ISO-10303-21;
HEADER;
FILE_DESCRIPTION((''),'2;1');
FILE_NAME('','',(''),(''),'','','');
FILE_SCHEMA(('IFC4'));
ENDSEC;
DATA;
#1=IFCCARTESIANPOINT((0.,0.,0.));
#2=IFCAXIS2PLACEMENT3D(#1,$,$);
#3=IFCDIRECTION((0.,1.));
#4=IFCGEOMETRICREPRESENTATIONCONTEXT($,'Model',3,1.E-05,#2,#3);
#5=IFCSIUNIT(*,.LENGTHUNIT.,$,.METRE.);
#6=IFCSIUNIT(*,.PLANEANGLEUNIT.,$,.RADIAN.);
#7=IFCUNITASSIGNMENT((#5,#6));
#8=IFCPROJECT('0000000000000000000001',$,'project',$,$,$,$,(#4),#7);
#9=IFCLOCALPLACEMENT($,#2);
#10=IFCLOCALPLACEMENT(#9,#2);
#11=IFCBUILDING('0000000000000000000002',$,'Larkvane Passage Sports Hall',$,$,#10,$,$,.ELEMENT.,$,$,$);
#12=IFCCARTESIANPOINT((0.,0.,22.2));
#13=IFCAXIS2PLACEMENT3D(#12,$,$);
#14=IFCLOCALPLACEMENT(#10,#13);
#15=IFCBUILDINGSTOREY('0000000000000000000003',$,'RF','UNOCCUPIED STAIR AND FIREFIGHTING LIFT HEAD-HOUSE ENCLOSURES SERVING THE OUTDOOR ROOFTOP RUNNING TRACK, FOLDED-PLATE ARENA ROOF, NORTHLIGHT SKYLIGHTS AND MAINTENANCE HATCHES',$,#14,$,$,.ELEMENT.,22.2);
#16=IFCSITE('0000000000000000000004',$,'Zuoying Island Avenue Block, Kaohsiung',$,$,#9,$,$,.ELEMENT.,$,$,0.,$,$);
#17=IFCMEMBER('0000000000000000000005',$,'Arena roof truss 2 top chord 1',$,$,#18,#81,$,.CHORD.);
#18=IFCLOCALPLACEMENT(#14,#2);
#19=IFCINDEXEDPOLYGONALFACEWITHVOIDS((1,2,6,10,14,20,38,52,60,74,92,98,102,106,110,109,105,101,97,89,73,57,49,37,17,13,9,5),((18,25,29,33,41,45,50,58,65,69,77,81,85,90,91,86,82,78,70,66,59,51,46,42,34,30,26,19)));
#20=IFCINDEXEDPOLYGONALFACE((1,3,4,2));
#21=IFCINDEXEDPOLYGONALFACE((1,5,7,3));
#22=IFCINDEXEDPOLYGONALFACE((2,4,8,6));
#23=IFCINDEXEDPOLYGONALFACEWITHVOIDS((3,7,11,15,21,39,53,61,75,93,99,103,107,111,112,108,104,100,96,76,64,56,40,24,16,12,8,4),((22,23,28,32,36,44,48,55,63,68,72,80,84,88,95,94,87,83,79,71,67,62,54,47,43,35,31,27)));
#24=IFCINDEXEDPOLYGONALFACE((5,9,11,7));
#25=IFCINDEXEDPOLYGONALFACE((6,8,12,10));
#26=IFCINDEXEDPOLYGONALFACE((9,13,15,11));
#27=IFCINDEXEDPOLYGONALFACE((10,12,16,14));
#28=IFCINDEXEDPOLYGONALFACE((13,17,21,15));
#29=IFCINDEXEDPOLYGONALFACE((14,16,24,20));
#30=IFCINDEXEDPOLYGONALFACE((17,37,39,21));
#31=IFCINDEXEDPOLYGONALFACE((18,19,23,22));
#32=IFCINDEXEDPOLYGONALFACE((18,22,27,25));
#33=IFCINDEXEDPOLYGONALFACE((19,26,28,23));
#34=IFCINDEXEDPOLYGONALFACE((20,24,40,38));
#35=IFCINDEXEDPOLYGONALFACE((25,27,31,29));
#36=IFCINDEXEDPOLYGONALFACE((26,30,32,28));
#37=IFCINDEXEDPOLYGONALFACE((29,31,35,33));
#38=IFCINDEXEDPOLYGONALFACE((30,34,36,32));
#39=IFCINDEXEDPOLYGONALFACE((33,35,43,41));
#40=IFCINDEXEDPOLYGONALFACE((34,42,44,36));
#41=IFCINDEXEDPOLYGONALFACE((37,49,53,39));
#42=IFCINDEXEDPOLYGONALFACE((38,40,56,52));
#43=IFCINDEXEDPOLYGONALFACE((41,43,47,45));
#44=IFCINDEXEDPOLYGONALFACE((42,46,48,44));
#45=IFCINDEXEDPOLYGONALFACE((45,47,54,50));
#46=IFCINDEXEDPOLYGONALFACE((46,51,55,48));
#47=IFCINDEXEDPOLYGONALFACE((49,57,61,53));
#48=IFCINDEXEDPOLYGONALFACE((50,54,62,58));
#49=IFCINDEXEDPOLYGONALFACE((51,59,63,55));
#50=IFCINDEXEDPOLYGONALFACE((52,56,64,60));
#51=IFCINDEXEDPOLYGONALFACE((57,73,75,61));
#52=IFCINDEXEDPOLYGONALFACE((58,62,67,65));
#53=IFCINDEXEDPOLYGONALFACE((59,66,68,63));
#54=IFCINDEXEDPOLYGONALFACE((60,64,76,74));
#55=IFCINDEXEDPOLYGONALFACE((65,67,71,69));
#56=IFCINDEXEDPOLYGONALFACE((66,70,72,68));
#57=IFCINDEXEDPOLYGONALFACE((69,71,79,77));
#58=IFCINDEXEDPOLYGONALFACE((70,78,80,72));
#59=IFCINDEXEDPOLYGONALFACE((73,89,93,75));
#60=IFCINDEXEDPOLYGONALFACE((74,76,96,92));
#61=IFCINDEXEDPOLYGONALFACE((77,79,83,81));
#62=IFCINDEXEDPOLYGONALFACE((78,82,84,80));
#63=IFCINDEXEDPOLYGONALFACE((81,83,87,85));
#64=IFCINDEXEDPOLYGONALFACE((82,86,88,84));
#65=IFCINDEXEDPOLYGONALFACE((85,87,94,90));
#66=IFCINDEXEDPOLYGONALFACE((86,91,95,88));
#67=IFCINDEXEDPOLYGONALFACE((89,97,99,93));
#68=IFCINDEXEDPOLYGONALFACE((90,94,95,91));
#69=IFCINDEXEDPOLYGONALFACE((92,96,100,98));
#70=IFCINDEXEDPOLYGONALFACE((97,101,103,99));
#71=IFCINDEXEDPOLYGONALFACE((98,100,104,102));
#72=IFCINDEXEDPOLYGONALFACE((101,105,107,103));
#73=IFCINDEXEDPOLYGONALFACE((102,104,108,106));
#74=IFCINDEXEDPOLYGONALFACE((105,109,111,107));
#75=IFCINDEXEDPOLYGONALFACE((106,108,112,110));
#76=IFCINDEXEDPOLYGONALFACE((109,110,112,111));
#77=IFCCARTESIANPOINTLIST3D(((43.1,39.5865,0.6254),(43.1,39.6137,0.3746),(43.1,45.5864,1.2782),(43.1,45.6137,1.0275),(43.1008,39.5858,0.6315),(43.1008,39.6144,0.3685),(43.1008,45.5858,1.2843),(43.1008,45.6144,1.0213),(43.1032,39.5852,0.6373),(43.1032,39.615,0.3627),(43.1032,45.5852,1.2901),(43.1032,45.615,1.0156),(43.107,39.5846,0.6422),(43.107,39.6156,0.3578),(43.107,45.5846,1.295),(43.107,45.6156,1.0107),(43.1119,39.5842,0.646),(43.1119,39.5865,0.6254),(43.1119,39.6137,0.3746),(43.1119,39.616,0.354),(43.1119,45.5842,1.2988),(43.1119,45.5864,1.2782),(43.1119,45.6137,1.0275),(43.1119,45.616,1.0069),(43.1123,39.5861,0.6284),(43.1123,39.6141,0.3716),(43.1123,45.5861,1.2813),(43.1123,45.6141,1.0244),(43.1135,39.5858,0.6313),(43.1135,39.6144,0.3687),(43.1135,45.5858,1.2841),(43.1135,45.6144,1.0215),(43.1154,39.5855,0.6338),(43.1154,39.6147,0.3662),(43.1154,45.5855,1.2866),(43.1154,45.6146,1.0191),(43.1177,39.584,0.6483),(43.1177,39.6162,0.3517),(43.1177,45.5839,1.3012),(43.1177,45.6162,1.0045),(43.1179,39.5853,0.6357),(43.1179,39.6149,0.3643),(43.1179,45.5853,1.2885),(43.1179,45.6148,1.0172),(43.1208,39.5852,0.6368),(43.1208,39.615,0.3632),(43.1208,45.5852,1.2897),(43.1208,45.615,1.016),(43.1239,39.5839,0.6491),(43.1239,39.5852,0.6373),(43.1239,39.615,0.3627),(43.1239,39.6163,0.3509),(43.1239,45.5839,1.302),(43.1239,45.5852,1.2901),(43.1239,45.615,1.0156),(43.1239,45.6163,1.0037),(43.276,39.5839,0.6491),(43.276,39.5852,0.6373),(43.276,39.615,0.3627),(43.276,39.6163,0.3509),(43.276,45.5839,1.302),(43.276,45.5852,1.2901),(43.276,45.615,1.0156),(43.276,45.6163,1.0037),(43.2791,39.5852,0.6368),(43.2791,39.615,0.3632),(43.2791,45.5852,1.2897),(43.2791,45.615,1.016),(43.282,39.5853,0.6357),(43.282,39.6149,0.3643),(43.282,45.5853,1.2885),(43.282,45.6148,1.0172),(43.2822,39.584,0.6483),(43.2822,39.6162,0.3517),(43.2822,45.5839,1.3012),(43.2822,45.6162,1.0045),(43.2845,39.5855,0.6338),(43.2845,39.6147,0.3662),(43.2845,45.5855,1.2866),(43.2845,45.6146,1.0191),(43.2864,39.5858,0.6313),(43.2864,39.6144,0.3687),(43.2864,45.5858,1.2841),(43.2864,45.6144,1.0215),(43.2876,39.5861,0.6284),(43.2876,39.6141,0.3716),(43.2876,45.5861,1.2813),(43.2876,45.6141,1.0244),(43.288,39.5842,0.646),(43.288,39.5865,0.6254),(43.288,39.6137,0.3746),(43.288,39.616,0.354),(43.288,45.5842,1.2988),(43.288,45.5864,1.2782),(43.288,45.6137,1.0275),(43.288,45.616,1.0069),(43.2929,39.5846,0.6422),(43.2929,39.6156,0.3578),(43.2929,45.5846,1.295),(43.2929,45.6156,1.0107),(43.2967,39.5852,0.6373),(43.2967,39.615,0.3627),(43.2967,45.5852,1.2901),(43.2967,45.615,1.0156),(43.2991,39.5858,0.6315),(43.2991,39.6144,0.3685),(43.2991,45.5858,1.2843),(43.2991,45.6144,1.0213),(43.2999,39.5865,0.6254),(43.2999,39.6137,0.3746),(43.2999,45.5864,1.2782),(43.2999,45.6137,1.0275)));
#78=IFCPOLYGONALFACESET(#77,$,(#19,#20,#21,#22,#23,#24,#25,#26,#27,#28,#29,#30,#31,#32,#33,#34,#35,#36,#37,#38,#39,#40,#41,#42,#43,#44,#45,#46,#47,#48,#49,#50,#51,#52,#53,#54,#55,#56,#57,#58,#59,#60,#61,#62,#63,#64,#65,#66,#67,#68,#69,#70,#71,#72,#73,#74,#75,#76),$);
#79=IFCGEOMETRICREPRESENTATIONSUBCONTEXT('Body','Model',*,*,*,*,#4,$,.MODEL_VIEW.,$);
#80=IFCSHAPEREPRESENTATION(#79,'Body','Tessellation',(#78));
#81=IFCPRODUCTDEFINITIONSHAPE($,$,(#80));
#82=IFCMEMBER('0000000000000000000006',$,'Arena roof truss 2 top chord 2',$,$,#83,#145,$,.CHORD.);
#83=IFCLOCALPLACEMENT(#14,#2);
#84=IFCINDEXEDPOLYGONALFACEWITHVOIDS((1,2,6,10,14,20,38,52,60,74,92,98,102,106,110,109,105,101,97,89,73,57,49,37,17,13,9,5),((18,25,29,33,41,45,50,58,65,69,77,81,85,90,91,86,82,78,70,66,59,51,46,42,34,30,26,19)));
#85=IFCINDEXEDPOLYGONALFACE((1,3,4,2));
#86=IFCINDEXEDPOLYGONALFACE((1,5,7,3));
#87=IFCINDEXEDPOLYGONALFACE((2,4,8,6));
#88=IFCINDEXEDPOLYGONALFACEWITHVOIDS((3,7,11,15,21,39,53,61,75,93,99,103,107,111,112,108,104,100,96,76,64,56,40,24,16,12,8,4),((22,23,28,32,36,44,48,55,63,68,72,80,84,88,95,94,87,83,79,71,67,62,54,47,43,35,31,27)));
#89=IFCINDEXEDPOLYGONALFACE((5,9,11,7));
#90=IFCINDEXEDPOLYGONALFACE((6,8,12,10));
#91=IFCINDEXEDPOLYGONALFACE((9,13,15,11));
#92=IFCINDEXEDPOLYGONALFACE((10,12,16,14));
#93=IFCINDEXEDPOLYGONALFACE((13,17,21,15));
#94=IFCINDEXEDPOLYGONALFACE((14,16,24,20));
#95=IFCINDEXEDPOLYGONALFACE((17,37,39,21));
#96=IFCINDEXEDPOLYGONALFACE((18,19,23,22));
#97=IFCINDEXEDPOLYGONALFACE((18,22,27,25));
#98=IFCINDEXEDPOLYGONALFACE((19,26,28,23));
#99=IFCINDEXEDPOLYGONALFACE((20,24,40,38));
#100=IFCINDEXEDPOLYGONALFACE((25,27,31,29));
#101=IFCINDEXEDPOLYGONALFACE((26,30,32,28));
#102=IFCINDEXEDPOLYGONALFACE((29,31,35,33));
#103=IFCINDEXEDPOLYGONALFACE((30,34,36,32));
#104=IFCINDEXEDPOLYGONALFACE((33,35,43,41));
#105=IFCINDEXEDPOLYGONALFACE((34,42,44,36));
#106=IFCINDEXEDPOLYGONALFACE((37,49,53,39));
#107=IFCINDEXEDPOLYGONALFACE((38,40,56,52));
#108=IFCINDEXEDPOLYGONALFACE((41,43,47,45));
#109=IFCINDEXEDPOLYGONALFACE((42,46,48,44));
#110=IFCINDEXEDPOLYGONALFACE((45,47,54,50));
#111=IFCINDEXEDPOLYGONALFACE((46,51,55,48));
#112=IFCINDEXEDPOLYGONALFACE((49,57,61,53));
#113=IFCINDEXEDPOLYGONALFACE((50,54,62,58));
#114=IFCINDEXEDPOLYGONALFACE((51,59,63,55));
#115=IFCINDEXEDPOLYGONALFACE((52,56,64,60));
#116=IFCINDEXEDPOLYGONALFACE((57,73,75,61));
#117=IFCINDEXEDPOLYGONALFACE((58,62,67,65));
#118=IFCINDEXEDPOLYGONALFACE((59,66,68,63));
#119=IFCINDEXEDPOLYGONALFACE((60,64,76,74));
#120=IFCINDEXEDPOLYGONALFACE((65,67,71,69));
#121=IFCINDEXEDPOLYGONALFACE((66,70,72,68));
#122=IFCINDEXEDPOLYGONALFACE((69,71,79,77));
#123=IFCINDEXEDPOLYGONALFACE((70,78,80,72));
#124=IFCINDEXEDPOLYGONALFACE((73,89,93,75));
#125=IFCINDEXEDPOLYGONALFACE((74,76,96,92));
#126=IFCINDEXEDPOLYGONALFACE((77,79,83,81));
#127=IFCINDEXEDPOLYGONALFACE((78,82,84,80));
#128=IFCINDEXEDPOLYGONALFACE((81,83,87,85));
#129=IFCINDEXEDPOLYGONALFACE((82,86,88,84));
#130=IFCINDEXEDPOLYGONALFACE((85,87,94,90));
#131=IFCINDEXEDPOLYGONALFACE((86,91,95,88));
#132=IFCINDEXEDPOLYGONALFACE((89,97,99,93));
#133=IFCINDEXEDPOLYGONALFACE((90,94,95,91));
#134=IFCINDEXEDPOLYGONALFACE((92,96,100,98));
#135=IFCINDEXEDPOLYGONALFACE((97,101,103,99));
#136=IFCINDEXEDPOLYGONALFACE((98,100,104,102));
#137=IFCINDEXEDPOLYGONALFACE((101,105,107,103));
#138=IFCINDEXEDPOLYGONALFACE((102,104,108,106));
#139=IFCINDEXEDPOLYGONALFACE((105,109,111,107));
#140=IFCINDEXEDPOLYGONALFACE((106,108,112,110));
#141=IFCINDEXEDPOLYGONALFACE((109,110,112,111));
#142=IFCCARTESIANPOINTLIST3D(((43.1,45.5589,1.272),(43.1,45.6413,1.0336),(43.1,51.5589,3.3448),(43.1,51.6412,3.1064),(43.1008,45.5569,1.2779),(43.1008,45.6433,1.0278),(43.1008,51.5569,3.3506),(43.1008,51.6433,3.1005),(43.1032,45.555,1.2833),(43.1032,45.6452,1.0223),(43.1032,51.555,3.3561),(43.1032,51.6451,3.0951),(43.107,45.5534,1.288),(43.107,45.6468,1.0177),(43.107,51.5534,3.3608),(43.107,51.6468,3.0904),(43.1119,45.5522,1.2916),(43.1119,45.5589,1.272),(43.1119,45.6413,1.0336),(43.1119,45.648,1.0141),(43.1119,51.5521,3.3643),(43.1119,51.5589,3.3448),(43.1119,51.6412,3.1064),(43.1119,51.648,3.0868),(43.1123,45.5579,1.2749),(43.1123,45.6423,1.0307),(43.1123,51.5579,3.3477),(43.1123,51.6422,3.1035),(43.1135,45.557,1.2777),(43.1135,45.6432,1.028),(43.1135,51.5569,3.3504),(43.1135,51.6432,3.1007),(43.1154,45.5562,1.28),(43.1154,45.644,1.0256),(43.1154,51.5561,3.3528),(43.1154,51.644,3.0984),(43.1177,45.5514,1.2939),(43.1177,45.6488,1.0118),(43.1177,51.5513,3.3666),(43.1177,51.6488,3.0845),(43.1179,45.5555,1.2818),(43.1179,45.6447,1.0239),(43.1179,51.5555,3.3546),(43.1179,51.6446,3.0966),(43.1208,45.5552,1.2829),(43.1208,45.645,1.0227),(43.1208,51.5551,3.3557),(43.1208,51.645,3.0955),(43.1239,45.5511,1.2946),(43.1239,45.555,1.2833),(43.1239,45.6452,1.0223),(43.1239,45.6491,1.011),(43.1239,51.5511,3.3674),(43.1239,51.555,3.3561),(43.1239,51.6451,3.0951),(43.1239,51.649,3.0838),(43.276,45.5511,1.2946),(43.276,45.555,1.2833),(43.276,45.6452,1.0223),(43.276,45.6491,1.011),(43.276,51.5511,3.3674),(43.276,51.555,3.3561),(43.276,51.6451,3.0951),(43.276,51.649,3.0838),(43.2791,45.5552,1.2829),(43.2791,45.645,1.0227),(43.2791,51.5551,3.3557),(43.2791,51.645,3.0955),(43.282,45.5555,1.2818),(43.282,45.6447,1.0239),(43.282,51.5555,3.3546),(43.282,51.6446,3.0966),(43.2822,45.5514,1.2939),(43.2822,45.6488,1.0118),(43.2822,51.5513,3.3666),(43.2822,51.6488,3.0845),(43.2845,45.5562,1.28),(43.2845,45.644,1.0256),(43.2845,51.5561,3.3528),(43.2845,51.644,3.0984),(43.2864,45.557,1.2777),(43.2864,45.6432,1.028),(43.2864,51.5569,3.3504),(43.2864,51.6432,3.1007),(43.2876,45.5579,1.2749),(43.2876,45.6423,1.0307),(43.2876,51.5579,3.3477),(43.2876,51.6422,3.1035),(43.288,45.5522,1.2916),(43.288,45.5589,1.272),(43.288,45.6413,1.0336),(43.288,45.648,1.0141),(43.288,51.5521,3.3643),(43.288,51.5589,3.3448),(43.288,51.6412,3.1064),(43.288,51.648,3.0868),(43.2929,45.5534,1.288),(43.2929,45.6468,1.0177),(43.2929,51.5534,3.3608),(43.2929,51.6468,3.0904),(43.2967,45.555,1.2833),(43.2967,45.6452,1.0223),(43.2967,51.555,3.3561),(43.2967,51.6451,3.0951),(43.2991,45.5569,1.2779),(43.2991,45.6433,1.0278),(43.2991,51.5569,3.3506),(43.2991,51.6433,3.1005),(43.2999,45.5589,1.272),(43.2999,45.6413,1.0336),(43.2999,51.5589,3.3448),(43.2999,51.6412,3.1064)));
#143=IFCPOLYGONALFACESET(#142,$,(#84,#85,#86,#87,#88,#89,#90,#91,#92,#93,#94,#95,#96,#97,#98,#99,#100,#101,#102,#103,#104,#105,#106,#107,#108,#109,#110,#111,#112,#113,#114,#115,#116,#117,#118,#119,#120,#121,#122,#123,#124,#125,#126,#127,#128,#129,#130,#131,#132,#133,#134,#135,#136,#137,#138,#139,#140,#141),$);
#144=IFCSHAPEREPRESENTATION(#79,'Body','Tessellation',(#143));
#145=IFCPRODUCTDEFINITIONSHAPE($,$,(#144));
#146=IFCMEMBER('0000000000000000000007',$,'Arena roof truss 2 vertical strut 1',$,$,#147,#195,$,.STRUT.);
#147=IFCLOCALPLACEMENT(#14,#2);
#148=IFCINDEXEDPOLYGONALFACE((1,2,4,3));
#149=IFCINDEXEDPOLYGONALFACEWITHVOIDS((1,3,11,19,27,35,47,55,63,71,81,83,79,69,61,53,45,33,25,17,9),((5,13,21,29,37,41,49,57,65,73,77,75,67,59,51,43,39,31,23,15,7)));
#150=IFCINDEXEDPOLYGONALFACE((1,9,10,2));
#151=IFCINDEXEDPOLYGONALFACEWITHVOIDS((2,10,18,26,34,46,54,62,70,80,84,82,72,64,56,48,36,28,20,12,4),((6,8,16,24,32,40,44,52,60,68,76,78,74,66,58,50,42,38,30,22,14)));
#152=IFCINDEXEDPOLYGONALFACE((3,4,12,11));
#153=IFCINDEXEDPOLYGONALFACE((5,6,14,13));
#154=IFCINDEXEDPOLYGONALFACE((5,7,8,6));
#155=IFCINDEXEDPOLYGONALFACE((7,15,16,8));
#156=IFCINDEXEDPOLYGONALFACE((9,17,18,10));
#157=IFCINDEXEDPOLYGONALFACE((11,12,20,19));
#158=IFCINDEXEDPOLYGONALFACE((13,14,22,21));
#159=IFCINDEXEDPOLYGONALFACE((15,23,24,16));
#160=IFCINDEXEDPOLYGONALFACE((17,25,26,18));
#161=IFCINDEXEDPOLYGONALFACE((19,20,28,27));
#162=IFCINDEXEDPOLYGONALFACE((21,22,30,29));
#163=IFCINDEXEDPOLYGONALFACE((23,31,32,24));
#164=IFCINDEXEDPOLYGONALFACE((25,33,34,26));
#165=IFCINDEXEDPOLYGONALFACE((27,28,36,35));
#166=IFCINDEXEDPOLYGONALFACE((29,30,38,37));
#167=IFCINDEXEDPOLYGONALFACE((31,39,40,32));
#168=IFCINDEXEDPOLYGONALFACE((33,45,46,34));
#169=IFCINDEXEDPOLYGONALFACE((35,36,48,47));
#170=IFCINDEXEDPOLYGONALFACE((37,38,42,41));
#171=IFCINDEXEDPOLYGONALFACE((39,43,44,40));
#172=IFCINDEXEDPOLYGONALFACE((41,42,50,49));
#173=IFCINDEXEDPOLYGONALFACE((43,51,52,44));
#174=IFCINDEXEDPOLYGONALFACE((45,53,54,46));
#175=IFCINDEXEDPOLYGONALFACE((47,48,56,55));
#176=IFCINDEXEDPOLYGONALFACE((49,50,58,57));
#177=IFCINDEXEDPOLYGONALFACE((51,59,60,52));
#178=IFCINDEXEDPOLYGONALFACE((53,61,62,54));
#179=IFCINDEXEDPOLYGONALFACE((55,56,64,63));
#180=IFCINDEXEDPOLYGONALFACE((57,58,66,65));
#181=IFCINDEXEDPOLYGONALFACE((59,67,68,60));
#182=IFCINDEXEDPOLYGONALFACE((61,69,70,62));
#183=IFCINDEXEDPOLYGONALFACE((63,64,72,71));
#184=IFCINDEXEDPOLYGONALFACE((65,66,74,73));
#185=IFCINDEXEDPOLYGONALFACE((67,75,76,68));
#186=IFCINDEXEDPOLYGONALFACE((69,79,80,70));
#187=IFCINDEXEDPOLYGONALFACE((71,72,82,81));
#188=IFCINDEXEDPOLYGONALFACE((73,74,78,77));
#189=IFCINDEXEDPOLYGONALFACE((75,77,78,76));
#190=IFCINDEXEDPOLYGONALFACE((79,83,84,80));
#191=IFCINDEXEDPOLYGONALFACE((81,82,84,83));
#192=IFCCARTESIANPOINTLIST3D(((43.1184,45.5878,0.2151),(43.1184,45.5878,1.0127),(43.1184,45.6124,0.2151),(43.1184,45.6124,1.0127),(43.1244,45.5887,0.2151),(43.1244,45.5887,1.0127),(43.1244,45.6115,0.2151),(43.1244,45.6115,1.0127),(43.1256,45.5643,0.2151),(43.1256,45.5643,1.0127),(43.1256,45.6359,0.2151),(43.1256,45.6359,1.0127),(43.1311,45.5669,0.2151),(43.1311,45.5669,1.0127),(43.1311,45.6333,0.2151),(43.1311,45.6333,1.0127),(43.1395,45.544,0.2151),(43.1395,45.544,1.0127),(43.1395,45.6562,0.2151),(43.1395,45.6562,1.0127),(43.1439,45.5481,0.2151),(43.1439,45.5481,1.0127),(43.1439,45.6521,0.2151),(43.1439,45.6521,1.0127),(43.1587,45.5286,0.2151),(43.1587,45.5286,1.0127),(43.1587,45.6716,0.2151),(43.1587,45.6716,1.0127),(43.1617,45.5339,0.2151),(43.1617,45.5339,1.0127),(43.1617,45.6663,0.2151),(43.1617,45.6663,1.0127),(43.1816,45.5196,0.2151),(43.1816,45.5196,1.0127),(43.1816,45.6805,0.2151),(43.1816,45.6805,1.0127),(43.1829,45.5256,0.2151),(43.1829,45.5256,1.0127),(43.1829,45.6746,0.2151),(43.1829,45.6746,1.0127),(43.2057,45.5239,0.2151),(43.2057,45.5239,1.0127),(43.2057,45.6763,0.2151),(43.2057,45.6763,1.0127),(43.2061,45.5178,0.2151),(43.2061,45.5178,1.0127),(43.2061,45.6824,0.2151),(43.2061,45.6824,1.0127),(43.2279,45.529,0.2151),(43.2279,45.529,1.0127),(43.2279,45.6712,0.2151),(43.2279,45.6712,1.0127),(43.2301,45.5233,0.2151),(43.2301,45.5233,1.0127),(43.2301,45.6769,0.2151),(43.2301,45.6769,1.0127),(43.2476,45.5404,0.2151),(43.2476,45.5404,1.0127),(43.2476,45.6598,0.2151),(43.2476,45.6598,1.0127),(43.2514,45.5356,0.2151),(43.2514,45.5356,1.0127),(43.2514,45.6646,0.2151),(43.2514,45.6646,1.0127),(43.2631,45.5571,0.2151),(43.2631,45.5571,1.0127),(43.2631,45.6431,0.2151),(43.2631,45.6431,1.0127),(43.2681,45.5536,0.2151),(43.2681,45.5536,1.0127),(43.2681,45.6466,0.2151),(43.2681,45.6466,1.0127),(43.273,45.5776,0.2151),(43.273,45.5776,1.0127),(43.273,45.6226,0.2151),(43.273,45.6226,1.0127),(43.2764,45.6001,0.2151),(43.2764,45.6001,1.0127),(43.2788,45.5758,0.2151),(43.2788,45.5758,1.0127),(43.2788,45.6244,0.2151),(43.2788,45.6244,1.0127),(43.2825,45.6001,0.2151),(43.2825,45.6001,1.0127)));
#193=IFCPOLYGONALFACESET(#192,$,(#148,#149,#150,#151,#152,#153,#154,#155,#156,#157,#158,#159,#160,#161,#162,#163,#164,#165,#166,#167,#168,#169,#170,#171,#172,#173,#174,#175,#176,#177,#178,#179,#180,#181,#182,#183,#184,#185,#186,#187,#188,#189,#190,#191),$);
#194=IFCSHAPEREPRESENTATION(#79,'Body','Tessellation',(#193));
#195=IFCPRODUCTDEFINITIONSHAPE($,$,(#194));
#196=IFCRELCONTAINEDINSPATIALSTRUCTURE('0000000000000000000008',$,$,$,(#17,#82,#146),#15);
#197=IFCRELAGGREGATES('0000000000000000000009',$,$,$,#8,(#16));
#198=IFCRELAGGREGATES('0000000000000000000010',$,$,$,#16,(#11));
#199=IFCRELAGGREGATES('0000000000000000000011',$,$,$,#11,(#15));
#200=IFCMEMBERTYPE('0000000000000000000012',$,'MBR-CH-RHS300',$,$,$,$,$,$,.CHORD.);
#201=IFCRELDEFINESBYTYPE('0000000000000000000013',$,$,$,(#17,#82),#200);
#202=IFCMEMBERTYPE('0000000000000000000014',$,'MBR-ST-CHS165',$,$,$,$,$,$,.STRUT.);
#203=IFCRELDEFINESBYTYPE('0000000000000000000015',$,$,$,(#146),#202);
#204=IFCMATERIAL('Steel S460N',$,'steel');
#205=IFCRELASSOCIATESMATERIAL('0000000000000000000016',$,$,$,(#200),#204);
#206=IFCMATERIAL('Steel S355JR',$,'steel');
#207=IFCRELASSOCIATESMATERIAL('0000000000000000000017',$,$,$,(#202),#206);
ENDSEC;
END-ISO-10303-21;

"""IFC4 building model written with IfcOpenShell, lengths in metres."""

from ifc_helpers import new_model, si_unit, direction, frame, origin, origin_2d, place, context, subcontext, project, spatial, hollow_rectangle, hollow_circle, extrude, material, material_profile, profile_set, type_object, element, save


model = new_model("IFC4")

# Units and contexts
model_context = context("Model", 3, precision=1e-05, world=origin(), true_north=direction((0.0, 1.0)))
body_context = subcontext(model_context, "Body", "Model", "MODEL_VIEW")
ifc_project = project(units=[si_unit("LENGTHUNIT", "METRE"), si_unit("PLANEANGLEUNIT", "RADIAN")], contexts=[model_context])

# Site, building, storey
site_placement = place(None, origin())
site = spatial("IfcSite", under=ifc_project, at=site_placement, Name="Zuoying Island Avenue Block, Kaohsiung", CompositionType="ELEMENT", RefElevation=0.0)
building_placement = place(site_placement, origin())
building = spatial("IfcBuilding", under=site, at=building_placement, Name="Larkvane Passage Sports Hall", CompositionType="ELEMENT")
storey_placement = place(building_placement, frame((0.0, 0.0, 22.2)))
storey = spatial("IfcBuildingStorey", under=building, at=storey_placement, Name="RF", Description="UNOCCUPIED STAIR AND FIREFIGHTING LIFT HEAD-HOUSE ENCLOSURES SERVING THE OUTDOOR ROOFTOP RUNNING TRACK, FOLDED-PLATE ARENA ROOF, NORTHLIGHT SKYLIGHTS AND MAINTENANCE HATCHES", CompositionType="ELEMENT", Elevation=22.2)

# Members
ifc_material_1 = material(Name="Steel S355JR", Category="steel")
ifc_material_2 = material(Name="Steel S460N", Category="steel")
ifc_material_profile_1 = material_profile(ifc_material_2, hollow_rectangle(XDim=0.2, YDim=0.3, WallThickness=0.012, InnerFilletRadius=0.012, OuterFilletRadius=0.0239, at=origin_2d()), Name="RHS-300x200x12")
ifc_profile_set_1 = profile_set([ifc_material_profile_1], Name="Steel S460N")
member_type_1 = type_object("IfcMemberType", Name="MBR-CH-RHS300", PredefinedType="CHORD", material=ifc_profile_set_1)
member_1_placement = place(storey_placement, frame((43.2, 39.6001, 0.5), z_axis=(0.0, 0.994133, 0.108167), x_axis=(-1.0, 0.0, 0.0)))
element("IfcMember", 1, at=member_1_placement, inside=storey, type_object=member_type_1, Name="Arena roof truss 2 top chord 1", PredefinedType="CHORD", context=body_context, shape_type="SweptSolid", body=[
    extrude(hollow_rectangle(XDim=0.2, YDim=0.3, WallThickness=0.012, InnerFilletRadius=0.012, OuterFilletRadius=0.0239, at=origin_2d()), origin(), (0.0, 0.0, 1.0), 6.0354),
])
member_2_placement = place(storey_placement, frame((43.2, 45.6001, 1.1528), z_axis=(0.0, 0.945189, 0.326524), x_axis=(-1.0, 0.0, 0.0)))
element("IfcMember", 2, at=member_2_placement, inside=storey, type_object=member_type_1, Name="Arena roof truss 2 top chord 2", PredefinedType="CHORD", context=body_context, shape_type="SweptSolid", body=[
    extrude(hollow_rectangle(XDim=0.2, YDim=0.3, WallThickness=0.012, InnerFilletRadius=0.012, OuterFilletRadius=0.0239, at=origin_2d()), origin(), (0.0, 0.0, 1.0), 6.3479),
])
ifc_material_profile_2 = material_profile(ifc_material_1, hollow_circle(Radius=0.0825, WallThickness=0.0061, at=origin_2d()), Name="CHS-165.2x6.0")
ifc_profile_set_2 = profile_set([ifc_material_profile_2], Name="Steel S355JR")
member_type_2 = type_object("IfcMemberType", Name="MBR-ST-CHS165", PredefinedType="STRUT", material=ifc_profile_set_2)
member_3_placement = place(storey_placement, frame((43.2, 45.6001, 0.2151), z_axis=(0.0, 0.0, 1.0), x_axis=(1.0, 0.0, 0.0)))
element("IfcMember", 3, at=member_3_placement, inside=storey, type_object=member_type_2, Name="Arena roof truss 2 vertical strut 1", PredefinedType="STRUT", context=body_context, shape_type="SweptSolid", body=[
    extrude(hollow_circle(Radius=0.0825, WallThickness=0.0061, at=origin_2d()), origin(), (0.0, 0.0, 1.0), 0.7976),
])

save(model, "model.ifc")
